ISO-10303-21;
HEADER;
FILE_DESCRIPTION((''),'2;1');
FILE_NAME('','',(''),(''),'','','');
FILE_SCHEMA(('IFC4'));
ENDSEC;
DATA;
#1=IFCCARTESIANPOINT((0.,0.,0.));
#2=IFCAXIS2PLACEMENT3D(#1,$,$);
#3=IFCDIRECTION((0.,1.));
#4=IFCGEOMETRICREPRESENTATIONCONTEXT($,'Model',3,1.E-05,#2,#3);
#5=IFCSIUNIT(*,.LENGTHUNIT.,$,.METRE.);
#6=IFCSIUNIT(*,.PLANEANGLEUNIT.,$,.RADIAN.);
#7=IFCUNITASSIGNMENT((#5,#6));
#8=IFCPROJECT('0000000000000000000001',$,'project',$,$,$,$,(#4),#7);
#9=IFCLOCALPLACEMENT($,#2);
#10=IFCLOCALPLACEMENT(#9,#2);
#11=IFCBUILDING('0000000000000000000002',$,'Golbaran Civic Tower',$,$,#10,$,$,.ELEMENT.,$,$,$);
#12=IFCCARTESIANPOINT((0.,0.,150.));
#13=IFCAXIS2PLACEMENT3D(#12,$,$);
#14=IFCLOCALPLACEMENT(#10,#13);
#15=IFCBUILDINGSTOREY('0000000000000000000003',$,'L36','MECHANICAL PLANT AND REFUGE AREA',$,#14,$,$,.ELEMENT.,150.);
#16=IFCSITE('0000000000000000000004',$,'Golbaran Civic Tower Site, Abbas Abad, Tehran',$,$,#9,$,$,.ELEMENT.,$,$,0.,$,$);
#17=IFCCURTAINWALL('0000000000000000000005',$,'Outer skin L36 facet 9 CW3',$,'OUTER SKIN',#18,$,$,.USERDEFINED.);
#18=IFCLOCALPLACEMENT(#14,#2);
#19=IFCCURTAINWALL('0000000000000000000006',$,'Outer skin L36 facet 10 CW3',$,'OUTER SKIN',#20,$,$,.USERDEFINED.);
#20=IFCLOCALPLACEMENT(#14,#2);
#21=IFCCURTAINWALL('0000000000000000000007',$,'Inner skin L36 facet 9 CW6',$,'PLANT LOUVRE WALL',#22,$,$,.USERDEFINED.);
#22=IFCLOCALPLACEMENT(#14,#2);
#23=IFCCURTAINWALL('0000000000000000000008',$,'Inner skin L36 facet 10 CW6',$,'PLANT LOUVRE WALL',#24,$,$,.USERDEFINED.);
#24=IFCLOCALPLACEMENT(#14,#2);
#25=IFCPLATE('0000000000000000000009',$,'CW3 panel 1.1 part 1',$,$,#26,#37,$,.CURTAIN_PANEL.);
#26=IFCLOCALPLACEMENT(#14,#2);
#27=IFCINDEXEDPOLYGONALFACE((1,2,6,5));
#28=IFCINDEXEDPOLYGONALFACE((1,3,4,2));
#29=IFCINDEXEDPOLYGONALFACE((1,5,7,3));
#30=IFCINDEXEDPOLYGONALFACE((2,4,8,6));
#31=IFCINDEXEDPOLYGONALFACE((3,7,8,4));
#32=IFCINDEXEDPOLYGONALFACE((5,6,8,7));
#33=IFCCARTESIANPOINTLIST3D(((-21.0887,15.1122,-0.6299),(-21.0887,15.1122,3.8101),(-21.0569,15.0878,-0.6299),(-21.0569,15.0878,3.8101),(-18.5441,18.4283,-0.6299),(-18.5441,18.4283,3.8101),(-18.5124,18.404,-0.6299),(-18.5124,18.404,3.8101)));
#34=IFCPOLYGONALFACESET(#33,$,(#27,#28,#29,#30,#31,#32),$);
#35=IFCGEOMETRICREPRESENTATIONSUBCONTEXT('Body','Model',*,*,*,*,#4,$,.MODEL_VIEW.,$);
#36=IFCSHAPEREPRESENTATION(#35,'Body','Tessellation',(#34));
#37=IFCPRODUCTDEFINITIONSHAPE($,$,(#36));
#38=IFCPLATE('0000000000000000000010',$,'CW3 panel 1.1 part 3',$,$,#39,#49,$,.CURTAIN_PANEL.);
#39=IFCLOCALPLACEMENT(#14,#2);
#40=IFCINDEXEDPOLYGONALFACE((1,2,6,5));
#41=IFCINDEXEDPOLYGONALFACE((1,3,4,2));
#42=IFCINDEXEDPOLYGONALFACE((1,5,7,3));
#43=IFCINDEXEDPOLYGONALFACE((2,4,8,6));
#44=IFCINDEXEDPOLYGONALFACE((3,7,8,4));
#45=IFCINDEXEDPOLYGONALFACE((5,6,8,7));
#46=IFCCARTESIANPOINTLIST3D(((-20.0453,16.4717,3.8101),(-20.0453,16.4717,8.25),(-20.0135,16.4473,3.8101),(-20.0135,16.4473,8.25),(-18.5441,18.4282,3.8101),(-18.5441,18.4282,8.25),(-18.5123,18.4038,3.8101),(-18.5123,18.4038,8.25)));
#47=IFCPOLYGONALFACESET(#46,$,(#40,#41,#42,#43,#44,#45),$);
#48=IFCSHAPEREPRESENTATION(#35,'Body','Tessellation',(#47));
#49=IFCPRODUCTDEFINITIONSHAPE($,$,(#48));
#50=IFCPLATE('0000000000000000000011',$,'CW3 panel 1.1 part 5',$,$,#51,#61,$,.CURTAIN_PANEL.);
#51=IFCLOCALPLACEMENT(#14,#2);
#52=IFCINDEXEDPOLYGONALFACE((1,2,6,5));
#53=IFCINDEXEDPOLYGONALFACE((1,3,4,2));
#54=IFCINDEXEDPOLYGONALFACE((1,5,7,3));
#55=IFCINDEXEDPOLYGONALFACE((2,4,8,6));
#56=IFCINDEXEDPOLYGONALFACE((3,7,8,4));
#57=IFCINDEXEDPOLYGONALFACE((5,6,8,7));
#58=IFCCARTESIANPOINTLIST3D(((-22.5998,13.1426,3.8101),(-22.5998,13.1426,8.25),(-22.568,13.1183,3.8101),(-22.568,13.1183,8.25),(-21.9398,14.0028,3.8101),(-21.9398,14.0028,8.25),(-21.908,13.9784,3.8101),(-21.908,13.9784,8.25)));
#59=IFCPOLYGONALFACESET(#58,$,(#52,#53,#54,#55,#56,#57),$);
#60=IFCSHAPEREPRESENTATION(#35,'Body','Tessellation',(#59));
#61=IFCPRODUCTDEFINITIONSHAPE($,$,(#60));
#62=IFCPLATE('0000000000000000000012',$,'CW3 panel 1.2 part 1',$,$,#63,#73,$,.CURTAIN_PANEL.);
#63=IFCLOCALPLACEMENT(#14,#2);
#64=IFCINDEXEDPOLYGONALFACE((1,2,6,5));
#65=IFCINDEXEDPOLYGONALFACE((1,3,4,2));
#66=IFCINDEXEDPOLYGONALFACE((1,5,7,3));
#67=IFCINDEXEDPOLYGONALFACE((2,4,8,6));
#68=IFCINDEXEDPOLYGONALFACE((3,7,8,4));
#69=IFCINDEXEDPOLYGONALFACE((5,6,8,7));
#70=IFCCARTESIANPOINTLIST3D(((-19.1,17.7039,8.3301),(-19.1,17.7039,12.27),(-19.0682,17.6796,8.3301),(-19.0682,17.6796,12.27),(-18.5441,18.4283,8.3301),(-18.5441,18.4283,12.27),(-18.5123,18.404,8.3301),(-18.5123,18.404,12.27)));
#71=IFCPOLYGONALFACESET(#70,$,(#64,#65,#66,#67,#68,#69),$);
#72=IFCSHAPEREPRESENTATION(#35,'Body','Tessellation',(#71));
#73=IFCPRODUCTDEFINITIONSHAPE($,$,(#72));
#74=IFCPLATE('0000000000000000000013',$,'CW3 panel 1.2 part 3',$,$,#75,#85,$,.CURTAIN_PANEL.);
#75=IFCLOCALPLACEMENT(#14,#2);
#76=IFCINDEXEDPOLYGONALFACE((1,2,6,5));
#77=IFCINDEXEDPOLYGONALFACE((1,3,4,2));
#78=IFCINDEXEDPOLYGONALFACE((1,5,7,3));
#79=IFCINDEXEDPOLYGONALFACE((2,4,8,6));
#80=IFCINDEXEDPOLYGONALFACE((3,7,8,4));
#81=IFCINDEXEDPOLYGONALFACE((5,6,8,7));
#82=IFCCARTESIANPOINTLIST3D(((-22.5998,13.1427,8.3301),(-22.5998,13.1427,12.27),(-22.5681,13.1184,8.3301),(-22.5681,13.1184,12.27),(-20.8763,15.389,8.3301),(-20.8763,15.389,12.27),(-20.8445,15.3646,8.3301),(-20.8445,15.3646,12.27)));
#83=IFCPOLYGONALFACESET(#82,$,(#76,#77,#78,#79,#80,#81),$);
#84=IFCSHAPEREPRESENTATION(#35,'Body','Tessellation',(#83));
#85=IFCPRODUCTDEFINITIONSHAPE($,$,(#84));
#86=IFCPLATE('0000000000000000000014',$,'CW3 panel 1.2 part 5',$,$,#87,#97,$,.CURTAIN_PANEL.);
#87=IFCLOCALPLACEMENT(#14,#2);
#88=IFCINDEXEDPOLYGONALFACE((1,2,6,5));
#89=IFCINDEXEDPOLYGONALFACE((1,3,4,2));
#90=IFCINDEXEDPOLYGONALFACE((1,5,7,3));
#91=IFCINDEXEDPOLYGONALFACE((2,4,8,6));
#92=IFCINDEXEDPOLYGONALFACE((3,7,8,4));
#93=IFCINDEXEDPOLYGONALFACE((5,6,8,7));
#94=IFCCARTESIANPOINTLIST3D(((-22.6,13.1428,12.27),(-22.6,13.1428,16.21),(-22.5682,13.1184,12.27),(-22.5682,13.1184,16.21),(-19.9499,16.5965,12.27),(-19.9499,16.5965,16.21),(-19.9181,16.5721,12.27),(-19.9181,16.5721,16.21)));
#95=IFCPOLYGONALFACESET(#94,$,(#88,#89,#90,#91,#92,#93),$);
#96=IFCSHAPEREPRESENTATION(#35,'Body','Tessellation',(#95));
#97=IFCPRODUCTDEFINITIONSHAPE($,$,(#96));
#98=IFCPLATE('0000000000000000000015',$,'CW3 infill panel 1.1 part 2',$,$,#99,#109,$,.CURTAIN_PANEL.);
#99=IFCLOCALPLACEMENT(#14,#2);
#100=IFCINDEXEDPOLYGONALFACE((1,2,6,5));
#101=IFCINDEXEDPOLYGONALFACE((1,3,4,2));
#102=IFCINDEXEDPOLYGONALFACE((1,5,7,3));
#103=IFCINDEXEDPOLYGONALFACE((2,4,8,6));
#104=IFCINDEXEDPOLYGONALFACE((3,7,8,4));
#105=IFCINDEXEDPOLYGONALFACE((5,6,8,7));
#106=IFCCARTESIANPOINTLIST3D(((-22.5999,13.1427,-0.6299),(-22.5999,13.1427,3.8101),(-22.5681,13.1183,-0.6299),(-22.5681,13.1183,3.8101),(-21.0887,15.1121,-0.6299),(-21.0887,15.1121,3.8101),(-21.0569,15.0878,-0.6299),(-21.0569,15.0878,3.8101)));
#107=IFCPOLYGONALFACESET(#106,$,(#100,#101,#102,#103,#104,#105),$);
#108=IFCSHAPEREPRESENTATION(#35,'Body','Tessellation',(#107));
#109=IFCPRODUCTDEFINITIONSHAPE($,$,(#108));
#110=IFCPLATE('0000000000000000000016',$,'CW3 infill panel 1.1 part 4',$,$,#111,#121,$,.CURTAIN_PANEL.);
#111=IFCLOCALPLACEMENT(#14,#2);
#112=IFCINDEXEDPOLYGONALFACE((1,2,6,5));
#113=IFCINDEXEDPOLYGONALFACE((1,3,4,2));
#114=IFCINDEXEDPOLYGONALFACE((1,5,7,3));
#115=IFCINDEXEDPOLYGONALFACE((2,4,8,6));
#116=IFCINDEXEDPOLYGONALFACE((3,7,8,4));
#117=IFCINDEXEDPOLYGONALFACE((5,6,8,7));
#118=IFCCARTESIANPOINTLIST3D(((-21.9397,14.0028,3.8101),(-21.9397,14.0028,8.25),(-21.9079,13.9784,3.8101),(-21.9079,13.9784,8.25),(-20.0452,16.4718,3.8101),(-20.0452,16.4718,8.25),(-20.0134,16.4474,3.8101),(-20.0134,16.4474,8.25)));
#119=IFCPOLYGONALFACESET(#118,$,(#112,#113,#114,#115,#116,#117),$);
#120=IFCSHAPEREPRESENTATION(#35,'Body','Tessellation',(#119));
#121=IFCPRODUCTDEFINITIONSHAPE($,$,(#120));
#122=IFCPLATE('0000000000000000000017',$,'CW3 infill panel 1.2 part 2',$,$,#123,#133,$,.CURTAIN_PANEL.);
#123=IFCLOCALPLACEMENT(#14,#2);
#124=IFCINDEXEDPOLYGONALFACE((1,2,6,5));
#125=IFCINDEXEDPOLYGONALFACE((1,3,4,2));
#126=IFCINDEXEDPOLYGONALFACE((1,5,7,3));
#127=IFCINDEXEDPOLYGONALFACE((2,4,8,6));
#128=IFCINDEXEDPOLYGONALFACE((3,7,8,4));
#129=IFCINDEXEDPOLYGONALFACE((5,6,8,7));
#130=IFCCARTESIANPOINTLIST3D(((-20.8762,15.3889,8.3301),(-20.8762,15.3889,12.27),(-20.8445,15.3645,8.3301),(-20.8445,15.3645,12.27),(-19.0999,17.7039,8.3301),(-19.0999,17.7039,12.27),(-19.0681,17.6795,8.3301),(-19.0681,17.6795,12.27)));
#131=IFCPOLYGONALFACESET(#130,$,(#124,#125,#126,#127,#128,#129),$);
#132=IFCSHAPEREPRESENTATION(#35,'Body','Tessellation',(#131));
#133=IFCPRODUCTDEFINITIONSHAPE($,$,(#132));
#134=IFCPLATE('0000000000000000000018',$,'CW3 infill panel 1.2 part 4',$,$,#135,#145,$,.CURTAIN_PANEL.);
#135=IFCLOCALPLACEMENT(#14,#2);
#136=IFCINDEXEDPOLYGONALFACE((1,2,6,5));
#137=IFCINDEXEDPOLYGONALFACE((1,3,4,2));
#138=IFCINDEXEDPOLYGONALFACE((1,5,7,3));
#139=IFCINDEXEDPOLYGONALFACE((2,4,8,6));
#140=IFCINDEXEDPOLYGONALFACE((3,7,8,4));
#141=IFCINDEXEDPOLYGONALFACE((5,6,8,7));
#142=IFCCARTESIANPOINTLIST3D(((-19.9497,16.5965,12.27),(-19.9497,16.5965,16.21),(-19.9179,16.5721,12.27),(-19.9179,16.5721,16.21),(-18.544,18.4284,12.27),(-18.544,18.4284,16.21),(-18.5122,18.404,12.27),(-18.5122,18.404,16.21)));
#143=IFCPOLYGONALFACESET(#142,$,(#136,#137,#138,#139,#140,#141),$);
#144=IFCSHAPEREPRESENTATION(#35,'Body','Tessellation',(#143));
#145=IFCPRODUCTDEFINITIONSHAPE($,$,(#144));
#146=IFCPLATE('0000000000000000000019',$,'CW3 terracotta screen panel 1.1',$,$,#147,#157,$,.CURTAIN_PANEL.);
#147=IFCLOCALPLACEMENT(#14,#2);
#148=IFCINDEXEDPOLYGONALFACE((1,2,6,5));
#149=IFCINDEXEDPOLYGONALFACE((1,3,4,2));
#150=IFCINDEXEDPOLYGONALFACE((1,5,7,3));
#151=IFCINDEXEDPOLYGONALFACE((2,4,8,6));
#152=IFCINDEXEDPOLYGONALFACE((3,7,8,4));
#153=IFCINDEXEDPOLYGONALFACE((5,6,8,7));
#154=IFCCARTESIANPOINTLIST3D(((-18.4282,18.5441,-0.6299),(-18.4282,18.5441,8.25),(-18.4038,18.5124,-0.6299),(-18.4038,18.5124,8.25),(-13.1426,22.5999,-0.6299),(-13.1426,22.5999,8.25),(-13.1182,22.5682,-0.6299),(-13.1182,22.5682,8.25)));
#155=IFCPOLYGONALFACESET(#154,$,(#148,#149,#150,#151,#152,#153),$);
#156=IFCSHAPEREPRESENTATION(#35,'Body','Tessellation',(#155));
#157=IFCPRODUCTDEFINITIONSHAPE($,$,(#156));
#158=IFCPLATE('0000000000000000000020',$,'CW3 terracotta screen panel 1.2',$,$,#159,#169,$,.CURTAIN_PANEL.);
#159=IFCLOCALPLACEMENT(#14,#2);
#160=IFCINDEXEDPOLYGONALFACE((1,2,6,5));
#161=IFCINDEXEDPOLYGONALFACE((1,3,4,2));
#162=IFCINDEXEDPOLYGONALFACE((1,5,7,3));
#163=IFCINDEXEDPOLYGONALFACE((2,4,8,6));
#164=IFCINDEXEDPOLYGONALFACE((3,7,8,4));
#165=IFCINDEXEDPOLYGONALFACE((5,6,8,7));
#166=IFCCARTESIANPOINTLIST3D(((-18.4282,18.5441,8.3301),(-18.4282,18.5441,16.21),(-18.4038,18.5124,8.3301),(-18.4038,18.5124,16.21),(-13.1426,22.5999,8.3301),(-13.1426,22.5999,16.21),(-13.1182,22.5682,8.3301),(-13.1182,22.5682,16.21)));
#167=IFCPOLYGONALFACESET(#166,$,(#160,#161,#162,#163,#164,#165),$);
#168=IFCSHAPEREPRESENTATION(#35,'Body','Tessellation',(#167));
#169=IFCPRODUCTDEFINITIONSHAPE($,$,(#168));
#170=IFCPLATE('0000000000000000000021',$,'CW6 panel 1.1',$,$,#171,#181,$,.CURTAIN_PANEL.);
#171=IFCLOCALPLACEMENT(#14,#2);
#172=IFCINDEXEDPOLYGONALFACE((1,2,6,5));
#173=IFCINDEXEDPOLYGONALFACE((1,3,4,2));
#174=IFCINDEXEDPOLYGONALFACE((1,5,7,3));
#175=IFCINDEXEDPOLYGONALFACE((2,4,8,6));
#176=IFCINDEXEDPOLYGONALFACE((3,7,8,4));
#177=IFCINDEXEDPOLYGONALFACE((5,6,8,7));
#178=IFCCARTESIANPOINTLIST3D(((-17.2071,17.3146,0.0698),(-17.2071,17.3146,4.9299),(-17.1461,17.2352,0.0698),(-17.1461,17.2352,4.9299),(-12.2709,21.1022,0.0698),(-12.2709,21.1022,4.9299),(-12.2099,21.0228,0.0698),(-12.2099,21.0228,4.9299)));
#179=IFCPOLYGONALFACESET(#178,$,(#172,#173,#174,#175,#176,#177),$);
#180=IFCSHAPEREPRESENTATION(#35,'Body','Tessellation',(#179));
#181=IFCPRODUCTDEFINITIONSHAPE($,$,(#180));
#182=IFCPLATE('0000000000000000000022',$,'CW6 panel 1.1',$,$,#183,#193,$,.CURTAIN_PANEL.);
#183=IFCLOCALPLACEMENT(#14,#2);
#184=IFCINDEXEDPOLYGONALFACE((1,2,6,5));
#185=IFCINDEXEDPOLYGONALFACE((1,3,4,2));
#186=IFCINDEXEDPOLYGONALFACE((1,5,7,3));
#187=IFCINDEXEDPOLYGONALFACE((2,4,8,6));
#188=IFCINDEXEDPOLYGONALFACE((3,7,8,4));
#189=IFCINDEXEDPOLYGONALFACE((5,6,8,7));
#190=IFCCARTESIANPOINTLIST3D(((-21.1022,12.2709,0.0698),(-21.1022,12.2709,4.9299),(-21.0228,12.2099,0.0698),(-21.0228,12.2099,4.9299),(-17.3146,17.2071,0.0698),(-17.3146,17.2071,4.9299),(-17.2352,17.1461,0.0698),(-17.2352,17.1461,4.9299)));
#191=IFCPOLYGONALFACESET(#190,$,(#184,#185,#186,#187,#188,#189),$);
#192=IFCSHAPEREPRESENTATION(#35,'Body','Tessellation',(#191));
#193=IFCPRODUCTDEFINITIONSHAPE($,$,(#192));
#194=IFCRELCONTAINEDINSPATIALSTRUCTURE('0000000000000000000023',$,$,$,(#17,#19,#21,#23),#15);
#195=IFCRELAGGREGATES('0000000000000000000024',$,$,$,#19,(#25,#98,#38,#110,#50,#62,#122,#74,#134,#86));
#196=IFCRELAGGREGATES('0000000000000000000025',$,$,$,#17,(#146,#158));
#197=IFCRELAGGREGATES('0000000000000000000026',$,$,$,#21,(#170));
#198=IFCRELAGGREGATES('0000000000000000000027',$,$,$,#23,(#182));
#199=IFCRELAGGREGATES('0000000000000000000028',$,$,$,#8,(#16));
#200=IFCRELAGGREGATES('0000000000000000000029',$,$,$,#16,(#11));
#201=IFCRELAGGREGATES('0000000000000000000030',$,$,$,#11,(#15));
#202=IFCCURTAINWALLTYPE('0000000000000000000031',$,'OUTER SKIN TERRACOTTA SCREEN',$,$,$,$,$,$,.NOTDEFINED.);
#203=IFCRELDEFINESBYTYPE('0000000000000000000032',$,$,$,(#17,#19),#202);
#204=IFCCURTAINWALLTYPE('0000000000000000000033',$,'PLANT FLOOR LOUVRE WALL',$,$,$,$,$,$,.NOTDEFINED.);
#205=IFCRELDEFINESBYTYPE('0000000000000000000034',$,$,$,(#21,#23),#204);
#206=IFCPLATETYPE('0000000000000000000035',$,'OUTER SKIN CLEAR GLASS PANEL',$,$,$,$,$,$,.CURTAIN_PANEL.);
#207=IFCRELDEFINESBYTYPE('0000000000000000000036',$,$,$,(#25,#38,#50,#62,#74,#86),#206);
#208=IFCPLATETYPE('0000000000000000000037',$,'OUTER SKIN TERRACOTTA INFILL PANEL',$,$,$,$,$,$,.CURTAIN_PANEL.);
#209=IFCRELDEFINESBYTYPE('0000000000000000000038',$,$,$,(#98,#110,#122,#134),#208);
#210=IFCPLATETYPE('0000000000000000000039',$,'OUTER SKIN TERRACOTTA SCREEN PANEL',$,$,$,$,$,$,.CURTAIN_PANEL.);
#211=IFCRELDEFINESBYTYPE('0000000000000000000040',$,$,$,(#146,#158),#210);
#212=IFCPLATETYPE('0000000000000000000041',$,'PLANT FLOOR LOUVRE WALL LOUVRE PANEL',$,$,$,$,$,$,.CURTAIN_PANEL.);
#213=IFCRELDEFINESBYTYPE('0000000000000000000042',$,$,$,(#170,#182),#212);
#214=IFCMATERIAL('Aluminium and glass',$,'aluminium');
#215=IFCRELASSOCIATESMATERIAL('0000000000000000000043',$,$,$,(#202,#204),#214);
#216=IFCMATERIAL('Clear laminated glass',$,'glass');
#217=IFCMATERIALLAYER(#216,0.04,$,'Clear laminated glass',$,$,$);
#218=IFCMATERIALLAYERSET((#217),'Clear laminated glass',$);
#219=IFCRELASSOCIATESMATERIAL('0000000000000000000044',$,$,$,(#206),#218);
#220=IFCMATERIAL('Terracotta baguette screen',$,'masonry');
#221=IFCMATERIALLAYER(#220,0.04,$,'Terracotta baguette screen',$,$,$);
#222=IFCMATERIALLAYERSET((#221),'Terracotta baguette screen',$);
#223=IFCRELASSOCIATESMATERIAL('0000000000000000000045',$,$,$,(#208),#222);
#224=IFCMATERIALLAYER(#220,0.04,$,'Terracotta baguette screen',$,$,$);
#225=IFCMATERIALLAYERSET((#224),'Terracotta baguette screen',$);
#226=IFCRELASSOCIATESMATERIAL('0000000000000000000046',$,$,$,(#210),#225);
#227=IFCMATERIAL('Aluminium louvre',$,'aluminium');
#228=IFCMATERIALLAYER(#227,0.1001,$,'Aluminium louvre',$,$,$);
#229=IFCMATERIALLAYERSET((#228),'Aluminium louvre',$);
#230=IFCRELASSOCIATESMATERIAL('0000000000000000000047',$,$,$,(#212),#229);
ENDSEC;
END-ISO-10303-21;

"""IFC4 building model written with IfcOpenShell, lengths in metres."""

from ifc_helpers import new_model, si_unit, direction, frame, origin, origin_2d, place, context, subcontext, project, spatial, rectangle, extrude, material, layer, layer_set, type_object, element, aggregate, save


model = new_model("IFC4")

# Units and contexts
model_context = context("Model", 3, precision=1e-05, world=origin(), true_north=direction((0.0, 1.0)))
body_context = subcontext(model_context, "Body", "Model", "MODEL_VIEW")
ifc_project = project(units=[si_unit("LENGTHUNIT", "METRE"), si_unit("PLANEANGLEUNIT", "RADIAN")], contexts=[model_context])

# Site, building, storey
site_placement = place(None, origin())
site = spatial("IfcSite", under=ifc_project, at=site_placement, Name="Golbaran Civic Tower Site, Abbas Abad, Tehran", CompositionType="ELEMENT", RefElevation=0.0)
building_placement = place(site_placement, origin())
building = spatial("IfcBuilding", under=site, at=building_placement, Name="Golbaran Civic Tower", CompositionType="ELEMENT")
storey_placement = place(building_placement, frame((0.0, 0.0, 150.0)))
storey = spatial("IfcBuildingStorey", under=building, at=storey_placement, Name="L36", Description="MECHANICAL PLANT AND REFUGE AREA", CompositionType="ELEMENT", Elevation=150.0)

# Shared definitions
ifc_material_1 = material(Name="Aluminium and glass", Category="aluminium")
curtain_wall_type_1 = type_object("IfcCurtainWallType", Name="OUTER SKIN TERRACOTTA SCREEN", PredefinedType="NOTDEFINED", material=ifc_material_1)

# Curtain walls
curtain_wall_1_placement = place(storey_placement, origin())
curtain_wall_1 = element("IfcCurtainWall", 1, at=curtain_wall_1_placement, inside=storey, type_object=curtain_wall_type_1, Name="Outer skin L36 facet 9 CW3", ObjectType="OUTER SKIN", PredefinedType="USERDEFINED")
curtain_wall_2_placement = place(storey_placement, origin())
curtain_wall_2 = element("IfcCurtainWall", 2, at=curtain_wall_2_placement, inside=storey, type_object=curtain_wall_type_1, Name="Outer skin L36 facet 10 CW3", ObjectType="OUTER SKIN", PredefinedType="USERDEFINED")

# Curtain wall
curtain_wall_type_2 = type_object("IfcCurtainWallType", Name="PLANT FLOOR LOUVRE WALL", PredefinedType="NOTDEFINED", material=ifc_material_1)
curtain_wall_3_placement = place(storey_placement, origin())
curtain_wall_3 = element("IfcCurtainWall", 3, at=curtain_wall_3_placement, inside=storey, type_object=curtain_wall_type_2, Name="Inner skin L36 facet 9 CW6", ObjectType="PLANT LOUVRE WALL", PredefinedType="USERDEFINED")

# Curtain wall
curtain_wall_4_placement = place(storey_placement, origin())
curtain_wall_4 = element("IfcCurtainWall", 4, at=curtain_wall_4_placement, inside=storey, type_object=curtain_wall_type_2, Name="Inner skin L36 facet 10 CW6", ObjectType="PLANT LOUVRE WALL", PredefinedType="USERDEFINED")

# Plates
ifc_material_2 = material(Name="Clear laminated glass", Category="glass")
ifc_layer_1 = layer(ifc_material_2, 0.04, Name="Clear laminated glass")
ifc_layer_set_1 = layer_set([ifc_layer_1], Name="Clear laminated glass")
plate_type_1 = type_object("IfcPlateType", Name="OUTER SKIN CLEAR GLASS PANEL", PredefinedType="CURTAIN_PANEL", material=ifc_layer_set_1)
plate_1_placement = place(storey_placement, frame((-19.8005, 16.7581, -0.6299), z_axis=(0.0, 0.0, 1.0), x_axis=(-0.608761, -0.793353, 0.0)))
plate_1 = element("IfcPlate", 5, at=plate_1_placement, type_object=plate_type_1, Name="CW3 panel 1.1 part 1", PredefinedType="CURTAIN_PANEL", context=body_context, shape_type="SweptSolid", body=[
    extrude(rectangle(XDim=4.1799, YDim=0.04, at=origin_2d()), origin(), (0.0, 0.0, 1.0), 4.4399),
])
plate_2_placement = place(storey_placement, frame((-19.2788, 17.4377, 3.8101), z_axis=(0.0, 0.0, 1.0), x_axis=(-0.608761, -0.793353, 0.0)))
plate_2 = element("IfcPlate", 6, at=plate_2_placement, type_object=plate_type_1, Name="CW3 panel 1.1 part 3", PredefinedType="CURTAIN_PANEL", context=body_context, shape_type="SweptSolid", body=[
    extrude(rectangle(XDim=2.4661, YDim=0.04, at=origin_2d()), origin(), (0.0, 0.0, 1.0), 4.4399),
])
plate_3_placement = place(storey_placement, frame((-22.2539, 13.5605, 3.8101), z_axis=(0.0, 0.0, 1.0), x_axis=(-0.608761, -0.793353, 0.0)))
plate_3 = element("IfcPlate", 7, at=plate_3_placement, type_object=plate_type_1, Name="CW3 panel 1.1 part 5", PredefinedType="CURTAIN_PANEL", context=body_context, shape_type="SweptSolid", body=[
    extrude(rectangle(XDim=1.0842, YDim=0.04, at=origin_2d()), origin(), (0.0, 0.0, 1.0), 4.4399),
])
plate_4_placement = place(storey_placement, frame((-18.8062, 18.054, 8.3301), z_axis=(0.0, 0.0, 1.0), x_axis=(-0.608761, -0.793353, 0.0)))
plate_4 = element("IfcPlate", 8, at=plate_4_placement, type_object=plate_type_1, Name="CW3 panel 1.2 part 1", PredefinedType="CURTAIN_PANEL", context=body_context, shape_type="SweptSolid", body=[
    extrude(rectangle(XDim=0.9131, YDim=0.04, at=origin_2d()), origin(), (0.0, 0.0, 1.0), 3.9399),
])
plate_5_placement = place(storey_placement, frame((-21.7222, 14.2537, 8.3301), z_axis=(0.0, 0.0, 1.0), x_axis=(-0.608761, -0.793353, 0.0)))
plate_5 = element("IfcPlate", 9, at=plate_5_placement, type_object=plate_type_1, Name="CW3 panel 1.2 part 3", PredefinedType="CURTAIN_PANEL", context=body_context, shape_type="SweptSolid", body=[
    extrude(rectangle(XDim=2.8313, YDim=0.04, at=origin_2d()), origin(), (0.0, 0.0, 1.0), 3.9399),
])
plate_6_placement = place(storey_placement, frame((-21.259, 14.8574, 12.27), z_axis=(0.0, 0.0, 1.0), x_axis=(-0.608761, -0.793353, 0.0)))
plate_6 = element("IfcPlate", 10, at=plate_6_placement, type_object=plate_type_1, Name="CW3 panel 1.2 part 5", PredefinedType="CURTAIN_PANEL", context=body_context, shape_type="SweptSolid", body=[
    extrude(rectangle(XDim=4.3533, YDim=0.04, at=origin_2d()), origin(), (0.0, 0.0, 1.0), 3.9399),
])
ifc_material_3 = material(Name="Terracotta baguette screen", Category="masonry")
ifc_layer_2 = layer(ifc_material_3, 0.04, Name="Terracotta baguette screen")
ifc_layer_set_2 = layer_set([ifc_layer_2], Name="Terracotta baguette screen")
plate_type_2 = type_object("IfcPlateType", Name="OUTER SKIN TERRACOTTA INFILL PANEL", PredefinedType="CURTAIN_PANEL", material=ifc_layer_set_2)
plate_7_placement = place(storey_placement, frame((-21.8284, 14.1152, -0.6299), z_axis=(0.0, 0.0, 1.0), x_axis=(-0.608761, -0.793353, 0.0)))
plate_7 = element("IfcPlate", 11, at=plate_7_placement, type_object=plate_type_2, Name="CW3 infill panel 1.1 part 2", PredefinedType="CURTAIN_PANEL", context=body_context, shape_type="SweptSolid", body=[
    extrude(rectangle(XDim=2.4824, YDim=0.04, at=origin_2d()), origin(), (0.0, 0.0, 1.0), 4.4399),
])
plate_8_placement = place(storey_placement, frame((-20.9766, 15.2251, 3.8101), z_axis=(0.0, 0.0, 1.0), x_axis=(-0.608761, -0.793353, 0.0)))
plate_8 = element("IfcPlate", 12, at=plate_8_placement, type_object=plate_type_2, Name="CW3 infill panel 1.1 part 4", PredefinedType="CURTAIN_PANEL", context=body_context, shape_type="SweptSolid", body=[
    extrude(rectangle(XDim=3.1121, YDim=0.04, at=origin_2d()), origin(), (0.0, 0.0, 1.0), 4.4399),
])
plate_9_placement = place(storey_placement, frame((-19.9722, 16.5342, 8.3301), z_axis=(0.0, 0.0, 1.0), x_axis=(-0.608761, -0.793353, 0.0)))
plate_9 = element("IfcPlate", 13, at=plate_9_placement, type_object=plate_type_2, Name="CW3 infill panel 1.2 part 2", PredefinedType="CURTAIN_PANEL", context=body_context, shape_type="SweptSolid", body=[
    extrude(rectangle(XDim=2.918, YDim=0.04, at=origin_2d()), origin(), (0.0, 0.0, 1.0), 3.9399),
])
plate_10_placement = place(storey_placement, frame((-19.231, 17.5002, 12.27), z_axis=(0.0, 0.0, 1.0), x_axis=(-0.608761, -0.793353, 0.0)))
plate_10 = element("IfcPlate", 14, at=plate_10_placement, type_object=plate_type_2, Name="CW3 infill panel 1.2 part 4", PredefinedType="CURTAIN_PANEL", context=body_context, shape_type="SweptSolid", body=[
    extrude(rectangle(XDim=2.3091, YDim=0.04, at=origin_2d()), origin(), (0.0, 0.0, 1.0), 3.9399),
])
aggregate(curtain_wall_2, [plate_1, plate_7, plate_2, plate_8, plate_3, plate_4, plate_9, plate_5, plate_10, plate_6])
ifc_layer_3 = layer(ifc_material_3, 0.04, Name="Terracotta baguette screen")
ifc_layer_set_3 = layer_set([ifc_layer_3], Name="Terracotta baguette screen")
plate_type_3 = type_object("IfcPlateType", Name="OUTER SKIN TERRACOTTA SCREEN PANEL", PredefinedType="CURTAIN_PANEL", material=ifc_layer_set_3)
plate_11_placement = place(storey_placement, frame((-15.7732, 20.5562, -0.6299), z_axis=(0.0, 0.0, 1.0), x_axis=(-0.793353, -0.608761, 0.0)))
plate_11 = element("IfcPlate", 15, at=plate_11_placement, type_object=plate_type_3, Name="CW3 terracotta screen panel 1.1", PredefinedType="CURTAIN_PANEL", context=body_context, shape_type="SweptSolid", body=[
    extrude(rectangle(XDim=6.6624, YDim=0.04, at=origin_2d()), origin(), (0.0, 0.0, 1.0), 8.8799),
])
plate_12_placement = place(storey_placement, frame((-15.7732, 20.5562, 8.3301), z_axis=(0.0, 0.0, 1.0), x_axis=(-0.793353, -0.608761, 0.0)))
plate_12 = element("IfcPlate", 16, at=plate_12_placement, type_object=plate_type_3, Name="CW3 terracotta screen panel 1.2", PredefinedType="CURTAIN_PANEL", context=body_context, shape_type="SweptSolid", body=[
    extrude(rectangle(XDim=6.6624, YDim=0.04, at=origin_2d()), origin(), (0.0, 0.0, 1.0), 7.8799),
])
aggregate(curtain_wall_1, [plate_11, plate_12])
ifc_material_4 = material(Name="Aluminium louvre", Category="aluminium")
ifc_layer_4 = layer(ifc_material_4, 0.1001, Name="Aluminium louvre")
ifc_layer_set_4 = layer_set([ifc_layer_4], Name="Aluminium louvre")
plate_type_4 = type_object("IfcPlateType", Name="PLANT FLOOR LOUVRE WALL LOUVRE PANEL", PredefinedType="CURTAIN_PANEL", material=ifc_layer_set_4)
plate_13_placement = place(storey_placement, frame((-14.7085, 19.1687, 0.0698), z_axis=(0.0, 0.0, 1.0), x_axis=(-0.793353, -0.608761, 0.0)))
plate_13 = element("IfcPlate", 17, at=plate_13_placement, type_object=plate_type_4, Name="CW6 panel 1.1", PredefinedType="CURTAIN_PANEL", context=body_context, shape_type="SweptSolid", body=[
    extrude(rectangle(XDim=6.2219, YDim=0.1001, at=origin_2d()), origin(), (0.0, 0.0, 1.0), 4.8601),
])
aggregate(curtain_wall_3, [plate_13])
plate_14_placement = place(storey_placement, frame((-19.1687, 14.7085, 0.0698), z_axis=(0.0, 0.0, 1.0), x_axis=(-0.608761, -0.793353, 0.0)))
plate_14 = element("IfcPlate", 18, at=plate_14_placement, type_object=plate_type_4, Name="CW6 panel 1.1", PredefinedType="CURTAIN_PANEL", context=body_context, shape_type="SweptSolid", body=[
    extrude(rectangle(XDim=6.2219, YDim=0.1001, at=origin_2d()), origin(), (0.0, 0.0, 1.0), 4.8601),
])
aggregate(curtain_wall_4, [plate_14])

save(model, "model.ifc")
